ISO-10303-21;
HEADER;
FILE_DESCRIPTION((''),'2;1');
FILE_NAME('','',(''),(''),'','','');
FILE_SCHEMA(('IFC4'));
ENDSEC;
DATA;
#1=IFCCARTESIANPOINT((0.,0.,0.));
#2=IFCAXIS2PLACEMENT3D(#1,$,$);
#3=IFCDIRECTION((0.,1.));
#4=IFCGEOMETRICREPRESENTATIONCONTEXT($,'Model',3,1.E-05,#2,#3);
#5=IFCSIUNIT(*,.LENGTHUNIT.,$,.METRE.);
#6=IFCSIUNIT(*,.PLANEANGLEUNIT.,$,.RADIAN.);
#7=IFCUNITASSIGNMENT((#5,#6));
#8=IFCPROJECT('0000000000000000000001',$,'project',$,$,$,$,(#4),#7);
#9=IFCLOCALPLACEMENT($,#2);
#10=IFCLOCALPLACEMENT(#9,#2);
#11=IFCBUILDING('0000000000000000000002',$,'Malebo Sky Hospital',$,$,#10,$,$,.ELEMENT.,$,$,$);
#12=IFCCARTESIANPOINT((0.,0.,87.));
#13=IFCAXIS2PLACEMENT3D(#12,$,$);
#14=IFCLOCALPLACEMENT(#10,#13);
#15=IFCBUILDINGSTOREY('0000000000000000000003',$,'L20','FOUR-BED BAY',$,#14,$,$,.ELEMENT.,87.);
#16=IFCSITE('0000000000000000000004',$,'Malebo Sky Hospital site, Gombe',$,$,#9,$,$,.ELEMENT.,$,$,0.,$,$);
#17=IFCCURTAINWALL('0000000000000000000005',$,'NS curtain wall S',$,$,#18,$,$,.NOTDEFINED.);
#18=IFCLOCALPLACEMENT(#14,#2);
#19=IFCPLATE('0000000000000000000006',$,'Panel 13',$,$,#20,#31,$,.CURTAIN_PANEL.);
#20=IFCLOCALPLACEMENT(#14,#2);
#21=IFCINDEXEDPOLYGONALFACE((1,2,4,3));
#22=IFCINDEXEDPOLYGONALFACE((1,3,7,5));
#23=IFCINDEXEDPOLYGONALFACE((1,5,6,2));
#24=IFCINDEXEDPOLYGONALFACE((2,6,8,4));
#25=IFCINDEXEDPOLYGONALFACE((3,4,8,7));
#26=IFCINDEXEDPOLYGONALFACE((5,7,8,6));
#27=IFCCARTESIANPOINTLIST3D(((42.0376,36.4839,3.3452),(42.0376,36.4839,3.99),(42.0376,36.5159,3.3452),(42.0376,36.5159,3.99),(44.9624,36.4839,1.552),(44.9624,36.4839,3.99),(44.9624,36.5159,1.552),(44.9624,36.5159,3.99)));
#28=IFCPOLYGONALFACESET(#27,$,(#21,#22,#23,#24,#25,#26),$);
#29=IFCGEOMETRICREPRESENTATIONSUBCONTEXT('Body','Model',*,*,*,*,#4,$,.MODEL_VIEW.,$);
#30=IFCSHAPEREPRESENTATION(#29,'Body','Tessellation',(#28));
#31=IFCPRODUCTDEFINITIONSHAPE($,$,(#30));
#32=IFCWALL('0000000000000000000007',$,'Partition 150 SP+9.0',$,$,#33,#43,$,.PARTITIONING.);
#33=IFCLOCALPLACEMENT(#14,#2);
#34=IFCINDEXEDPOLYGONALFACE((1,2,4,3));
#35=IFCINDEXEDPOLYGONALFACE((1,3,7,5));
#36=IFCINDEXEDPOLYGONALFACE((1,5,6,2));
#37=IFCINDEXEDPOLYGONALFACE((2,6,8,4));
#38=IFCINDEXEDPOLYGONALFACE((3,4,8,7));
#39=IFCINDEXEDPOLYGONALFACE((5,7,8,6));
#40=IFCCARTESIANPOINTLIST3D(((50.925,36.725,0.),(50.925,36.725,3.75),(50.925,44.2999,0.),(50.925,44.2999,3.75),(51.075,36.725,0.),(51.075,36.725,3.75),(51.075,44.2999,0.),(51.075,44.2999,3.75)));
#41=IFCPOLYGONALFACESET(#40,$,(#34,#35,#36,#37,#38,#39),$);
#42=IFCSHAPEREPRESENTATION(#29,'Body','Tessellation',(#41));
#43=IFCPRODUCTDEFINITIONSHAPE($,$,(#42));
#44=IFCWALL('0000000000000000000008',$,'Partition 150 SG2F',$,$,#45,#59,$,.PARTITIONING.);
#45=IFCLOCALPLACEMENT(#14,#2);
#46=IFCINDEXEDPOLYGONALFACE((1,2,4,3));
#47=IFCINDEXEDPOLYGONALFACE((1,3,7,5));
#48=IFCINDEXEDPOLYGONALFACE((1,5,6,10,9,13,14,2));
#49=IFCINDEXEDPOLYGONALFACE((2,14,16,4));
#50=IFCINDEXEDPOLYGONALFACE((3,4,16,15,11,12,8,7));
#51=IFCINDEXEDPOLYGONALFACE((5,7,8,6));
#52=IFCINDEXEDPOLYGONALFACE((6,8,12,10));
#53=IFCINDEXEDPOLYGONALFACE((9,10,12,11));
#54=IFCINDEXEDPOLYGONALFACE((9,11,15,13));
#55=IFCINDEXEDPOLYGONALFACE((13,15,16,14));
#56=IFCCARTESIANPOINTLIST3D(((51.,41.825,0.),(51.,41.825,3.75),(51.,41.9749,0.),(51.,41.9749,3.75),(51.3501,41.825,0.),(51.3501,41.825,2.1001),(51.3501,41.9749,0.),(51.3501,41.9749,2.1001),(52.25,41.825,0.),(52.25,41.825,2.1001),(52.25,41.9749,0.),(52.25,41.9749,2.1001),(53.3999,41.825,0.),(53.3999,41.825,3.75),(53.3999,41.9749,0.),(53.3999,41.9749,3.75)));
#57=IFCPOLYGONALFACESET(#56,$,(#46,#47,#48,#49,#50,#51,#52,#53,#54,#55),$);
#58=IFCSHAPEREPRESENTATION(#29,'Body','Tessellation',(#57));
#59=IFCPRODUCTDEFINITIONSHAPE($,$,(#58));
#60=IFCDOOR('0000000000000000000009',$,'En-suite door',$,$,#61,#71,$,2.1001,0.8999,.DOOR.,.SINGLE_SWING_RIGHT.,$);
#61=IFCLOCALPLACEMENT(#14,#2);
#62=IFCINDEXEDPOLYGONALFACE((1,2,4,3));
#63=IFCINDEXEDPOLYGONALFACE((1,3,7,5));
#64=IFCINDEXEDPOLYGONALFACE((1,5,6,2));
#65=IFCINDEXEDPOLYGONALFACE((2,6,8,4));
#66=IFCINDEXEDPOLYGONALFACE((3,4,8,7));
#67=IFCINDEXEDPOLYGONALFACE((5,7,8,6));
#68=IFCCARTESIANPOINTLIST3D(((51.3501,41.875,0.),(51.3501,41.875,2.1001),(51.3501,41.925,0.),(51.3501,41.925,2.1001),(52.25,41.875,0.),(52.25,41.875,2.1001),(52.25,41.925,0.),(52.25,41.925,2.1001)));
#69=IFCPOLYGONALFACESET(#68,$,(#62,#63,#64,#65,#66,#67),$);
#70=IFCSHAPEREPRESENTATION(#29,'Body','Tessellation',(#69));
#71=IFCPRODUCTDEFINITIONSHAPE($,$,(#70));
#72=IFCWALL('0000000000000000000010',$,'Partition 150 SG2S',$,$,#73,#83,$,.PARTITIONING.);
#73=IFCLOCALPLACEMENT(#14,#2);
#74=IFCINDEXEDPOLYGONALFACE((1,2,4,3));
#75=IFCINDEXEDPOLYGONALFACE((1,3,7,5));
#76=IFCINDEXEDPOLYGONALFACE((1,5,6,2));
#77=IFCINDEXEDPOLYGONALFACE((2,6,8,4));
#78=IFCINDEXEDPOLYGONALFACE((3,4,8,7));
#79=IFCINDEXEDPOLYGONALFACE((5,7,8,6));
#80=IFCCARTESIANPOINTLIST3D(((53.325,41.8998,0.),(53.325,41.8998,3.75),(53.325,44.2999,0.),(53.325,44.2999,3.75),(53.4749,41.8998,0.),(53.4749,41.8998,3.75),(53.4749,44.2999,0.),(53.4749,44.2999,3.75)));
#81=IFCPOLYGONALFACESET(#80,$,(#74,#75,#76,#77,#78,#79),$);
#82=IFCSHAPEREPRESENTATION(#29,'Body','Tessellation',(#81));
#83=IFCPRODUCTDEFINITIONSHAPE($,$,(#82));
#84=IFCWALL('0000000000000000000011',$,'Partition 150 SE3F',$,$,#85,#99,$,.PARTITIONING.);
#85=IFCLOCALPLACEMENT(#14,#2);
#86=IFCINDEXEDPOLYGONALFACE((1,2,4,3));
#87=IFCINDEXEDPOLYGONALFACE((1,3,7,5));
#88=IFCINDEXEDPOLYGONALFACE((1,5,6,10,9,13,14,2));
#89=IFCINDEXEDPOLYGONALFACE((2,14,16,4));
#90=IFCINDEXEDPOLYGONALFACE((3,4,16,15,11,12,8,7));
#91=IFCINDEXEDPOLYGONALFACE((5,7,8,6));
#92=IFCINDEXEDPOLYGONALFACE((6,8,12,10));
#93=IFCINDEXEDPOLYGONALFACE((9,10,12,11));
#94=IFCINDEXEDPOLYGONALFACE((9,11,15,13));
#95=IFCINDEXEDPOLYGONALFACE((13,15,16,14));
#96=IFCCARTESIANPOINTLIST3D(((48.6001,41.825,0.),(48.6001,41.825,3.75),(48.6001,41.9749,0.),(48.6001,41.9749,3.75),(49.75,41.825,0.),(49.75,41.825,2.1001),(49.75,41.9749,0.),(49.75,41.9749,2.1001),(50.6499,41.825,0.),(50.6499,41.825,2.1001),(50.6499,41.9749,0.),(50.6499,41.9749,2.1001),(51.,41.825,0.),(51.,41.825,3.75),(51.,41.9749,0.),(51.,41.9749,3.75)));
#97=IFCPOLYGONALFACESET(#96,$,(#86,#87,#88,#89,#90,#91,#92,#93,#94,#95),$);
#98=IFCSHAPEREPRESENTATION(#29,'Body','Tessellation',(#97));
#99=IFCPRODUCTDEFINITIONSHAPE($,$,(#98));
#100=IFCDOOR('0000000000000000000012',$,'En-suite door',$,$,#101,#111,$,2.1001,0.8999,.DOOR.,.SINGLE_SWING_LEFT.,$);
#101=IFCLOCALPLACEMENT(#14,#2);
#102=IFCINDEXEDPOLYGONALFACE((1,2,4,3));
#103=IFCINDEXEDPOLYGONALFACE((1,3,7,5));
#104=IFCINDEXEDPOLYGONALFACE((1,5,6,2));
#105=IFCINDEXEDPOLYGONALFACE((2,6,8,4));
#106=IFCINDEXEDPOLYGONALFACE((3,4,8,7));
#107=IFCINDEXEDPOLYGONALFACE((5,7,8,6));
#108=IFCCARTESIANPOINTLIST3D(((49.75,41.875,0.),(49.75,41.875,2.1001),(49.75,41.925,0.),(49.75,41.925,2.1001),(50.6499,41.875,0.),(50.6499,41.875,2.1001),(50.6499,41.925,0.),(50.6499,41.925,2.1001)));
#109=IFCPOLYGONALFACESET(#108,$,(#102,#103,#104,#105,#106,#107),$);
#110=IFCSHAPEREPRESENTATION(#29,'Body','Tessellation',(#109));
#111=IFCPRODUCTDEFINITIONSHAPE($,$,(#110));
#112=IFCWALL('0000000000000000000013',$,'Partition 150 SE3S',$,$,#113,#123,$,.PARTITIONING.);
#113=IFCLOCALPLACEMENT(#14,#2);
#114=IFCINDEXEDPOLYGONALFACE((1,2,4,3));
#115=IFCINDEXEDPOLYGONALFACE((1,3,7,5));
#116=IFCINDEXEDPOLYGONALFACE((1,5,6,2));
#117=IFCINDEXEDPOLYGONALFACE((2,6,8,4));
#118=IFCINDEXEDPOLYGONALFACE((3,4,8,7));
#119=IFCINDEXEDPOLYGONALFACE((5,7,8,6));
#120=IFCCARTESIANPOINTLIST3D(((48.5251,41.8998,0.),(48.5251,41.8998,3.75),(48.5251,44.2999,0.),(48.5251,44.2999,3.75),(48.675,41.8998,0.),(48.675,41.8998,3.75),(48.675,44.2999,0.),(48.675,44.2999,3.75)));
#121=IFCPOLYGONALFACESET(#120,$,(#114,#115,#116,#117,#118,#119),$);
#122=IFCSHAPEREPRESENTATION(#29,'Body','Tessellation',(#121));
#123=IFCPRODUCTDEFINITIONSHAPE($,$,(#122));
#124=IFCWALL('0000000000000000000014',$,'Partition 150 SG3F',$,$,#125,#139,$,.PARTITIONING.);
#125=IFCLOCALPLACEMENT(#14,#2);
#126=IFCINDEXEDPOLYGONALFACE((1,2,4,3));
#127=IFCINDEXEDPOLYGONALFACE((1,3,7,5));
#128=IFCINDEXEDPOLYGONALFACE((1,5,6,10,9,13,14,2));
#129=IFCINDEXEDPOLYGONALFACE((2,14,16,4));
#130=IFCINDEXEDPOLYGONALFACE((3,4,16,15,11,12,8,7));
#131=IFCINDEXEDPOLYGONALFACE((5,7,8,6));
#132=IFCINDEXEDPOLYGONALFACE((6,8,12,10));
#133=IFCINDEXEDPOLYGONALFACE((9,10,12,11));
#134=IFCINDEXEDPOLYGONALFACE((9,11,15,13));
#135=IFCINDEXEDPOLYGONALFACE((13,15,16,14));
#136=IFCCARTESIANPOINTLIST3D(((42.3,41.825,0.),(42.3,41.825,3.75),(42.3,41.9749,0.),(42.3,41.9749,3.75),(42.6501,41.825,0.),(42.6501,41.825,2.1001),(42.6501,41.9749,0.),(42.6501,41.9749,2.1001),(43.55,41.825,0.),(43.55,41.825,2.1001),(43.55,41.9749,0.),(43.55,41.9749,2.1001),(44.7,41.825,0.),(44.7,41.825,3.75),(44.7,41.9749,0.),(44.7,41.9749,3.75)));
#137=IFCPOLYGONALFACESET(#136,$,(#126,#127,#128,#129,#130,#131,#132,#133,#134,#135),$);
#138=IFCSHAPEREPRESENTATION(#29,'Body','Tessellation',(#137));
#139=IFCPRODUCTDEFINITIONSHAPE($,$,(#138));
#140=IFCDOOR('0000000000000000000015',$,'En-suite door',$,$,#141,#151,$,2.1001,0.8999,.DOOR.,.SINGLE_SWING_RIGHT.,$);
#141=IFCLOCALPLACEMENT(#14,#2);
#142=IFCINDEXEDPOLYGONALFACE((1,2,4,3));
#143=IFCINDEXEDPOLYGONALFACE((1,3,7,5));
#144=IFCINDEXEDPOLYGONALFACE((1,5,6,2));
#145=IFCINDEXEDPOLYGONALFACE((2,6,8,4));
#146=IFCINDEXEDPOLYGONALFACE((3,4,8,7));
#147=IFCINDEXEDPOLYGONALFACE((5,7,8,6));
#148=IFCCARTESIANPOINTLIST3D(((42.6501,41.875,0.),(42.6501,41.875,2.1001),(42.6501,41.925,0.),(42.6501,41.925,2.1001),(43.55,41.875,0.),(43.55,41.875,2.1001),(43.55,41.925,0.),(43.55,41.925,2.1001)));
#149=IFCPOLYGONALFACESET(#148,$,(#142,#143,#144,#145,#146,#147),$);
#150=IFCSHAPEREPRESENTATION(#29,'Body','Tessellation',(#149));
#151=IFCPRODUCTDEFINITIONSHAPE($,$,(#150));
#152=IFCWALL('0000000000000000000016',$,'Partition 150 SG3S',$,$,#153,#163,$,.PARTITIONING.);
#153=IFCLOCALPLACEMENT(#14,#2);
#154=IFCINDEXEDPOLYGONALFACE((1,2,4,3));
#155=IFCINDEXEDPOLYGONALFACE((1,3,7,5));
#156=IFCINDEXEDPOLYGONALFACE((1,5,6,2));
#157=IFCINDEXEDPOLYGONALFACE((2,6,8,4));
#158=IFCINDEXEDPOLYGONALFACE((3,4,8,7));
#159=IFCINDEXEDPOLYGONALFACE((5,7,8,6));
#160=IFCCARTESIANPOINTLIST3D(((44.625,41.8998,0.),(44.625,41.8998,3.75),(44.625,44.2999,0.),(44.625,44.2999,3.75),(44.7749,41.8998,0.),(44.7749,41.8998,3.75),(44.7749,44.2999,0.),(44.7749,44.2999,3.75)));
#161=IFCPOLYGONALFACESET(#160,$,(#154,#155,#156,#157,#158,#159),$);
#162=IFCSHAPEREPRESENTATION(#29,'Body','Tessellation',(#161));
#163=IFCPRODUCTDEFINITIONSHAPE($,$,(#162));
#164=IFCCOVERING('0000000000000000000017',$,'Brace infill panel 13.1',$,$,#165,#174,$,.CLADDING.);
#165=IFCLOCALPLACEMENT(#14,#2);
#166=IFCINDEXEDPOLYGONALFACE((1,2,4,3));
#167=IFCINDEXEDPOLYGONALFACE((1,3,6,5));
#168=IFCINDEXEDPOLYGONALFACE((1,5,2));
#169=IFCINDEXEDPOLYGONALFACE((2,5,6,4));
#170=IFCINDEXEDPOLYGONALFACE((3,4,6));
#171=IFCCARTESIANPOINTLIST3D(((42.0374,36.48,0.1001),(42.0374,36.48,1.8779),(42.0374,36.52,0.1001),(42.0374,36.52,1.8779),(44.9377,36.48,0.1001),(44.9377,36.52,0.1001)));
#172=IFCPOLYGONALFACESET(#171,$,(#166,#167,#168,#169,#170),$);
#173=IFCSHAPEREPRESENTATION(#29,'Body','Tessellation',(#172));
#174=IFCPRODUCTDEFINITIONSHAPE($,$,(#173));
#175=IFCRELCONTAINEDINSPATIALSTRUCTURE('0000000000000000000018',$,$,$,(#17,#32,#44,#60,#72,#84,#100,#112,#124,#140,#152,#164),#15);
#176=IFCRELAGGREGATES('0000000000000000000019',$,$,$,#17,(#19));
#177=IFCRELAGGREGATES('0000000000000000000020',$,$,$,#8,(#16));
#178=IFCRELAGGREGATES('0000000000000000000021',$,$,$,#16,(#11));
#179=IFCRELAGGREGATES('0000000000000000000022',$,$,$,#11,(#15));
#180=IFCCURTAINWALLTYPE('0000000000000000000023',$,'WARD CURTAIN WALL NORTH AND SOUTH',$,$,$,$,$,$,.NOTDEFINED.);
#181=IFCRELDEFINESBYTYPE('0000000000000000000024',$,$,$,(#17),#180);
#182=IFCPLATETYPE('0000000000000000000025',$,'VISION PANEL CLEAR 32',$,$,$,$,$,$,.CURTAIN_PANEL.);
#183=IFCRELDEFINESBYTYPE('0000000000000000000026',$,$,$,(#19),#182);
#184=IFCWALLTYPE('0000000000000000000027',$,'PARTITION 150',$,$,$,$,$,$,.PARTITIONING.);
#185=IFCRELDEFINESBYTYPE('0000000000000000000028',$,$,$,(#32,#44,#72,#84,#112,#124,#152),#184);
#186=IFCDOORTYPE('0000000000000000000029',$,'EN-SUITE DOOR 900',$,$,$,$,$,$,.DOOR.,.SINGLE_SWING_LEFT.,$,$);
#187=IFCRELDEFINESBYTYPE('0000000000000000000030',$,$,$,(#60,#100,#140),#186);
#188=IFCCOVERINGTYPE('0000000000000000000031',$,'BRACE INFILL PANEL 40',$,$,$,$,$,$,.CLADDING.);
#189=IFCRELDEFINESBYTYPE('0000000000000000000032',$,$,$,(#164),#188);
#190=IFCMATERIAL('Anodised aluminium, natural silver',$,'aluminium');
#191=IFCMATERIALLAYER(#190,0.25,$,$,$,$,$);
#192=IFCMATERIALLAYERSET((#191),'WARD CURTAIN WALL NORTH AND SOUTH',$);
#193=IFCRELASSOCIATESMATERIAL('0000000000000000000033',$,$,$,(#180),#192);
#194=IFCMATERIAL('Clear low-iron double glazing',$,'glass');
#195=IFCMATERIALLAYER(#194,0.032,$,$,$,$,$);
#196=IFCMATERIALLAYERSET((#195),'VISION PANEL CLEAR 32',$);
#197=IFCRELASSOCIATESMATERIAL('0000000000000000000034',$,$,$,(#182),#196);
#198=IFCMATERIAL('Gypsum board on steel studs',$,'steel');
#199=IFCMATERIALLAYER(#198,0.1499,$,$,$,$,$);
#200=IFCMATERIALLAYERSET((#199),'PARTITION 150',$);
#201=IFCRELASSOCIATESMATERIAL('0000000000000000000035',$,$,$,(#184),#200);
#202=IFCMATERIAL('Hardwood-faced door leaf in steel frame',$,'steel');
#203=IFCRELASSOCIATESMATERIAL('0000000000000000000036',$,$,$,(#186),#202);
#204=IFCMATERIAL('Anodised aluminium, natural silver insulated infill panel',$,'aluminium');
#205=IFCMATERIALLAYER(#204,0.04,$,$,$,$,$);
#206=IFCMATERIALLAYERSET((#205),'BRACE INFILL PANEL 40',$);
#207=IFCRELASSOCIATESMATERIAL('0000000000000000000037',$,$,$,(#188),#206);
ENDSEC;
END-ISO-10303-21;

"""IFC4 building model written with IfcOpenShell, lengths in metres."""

from ifc_helpers import new_model, si_unit, direction, frame, frame_2d, origin, place, context, subcontext, project, spatial, polyline, rectangle, outline, extrude, material, layer, layer_set, type_object, element, fill, aggregate, save


model = new_model("IFC4")

# Units and contexts
model_context = context("Model", 3, precision=1e-05, world=origin(), true_north=direction((0.0, 1.0)))
body_context = subcontext(model_context, "Body", "Model", "MODEL_VIEW")
ifc_project = project(units=[si_unit("LENGTHUNIT", "METRE"), si_unit("PLANEANGLEUNIT", "RADIAN")], contexts=[model_context])

# Site, building, storey
site_placement = place(None, origin())
site = spatial("IfcSite", under=ifc_project, at=site_placement, Name="Malebo Sky Hospital site, Gombe", CompositionType="ELEMENT", RefElevation=0.0)
building_placement = place(site_placement, origin())
building = spatial("IfcBuilding", under=site, at=building_placement, Name="Malebo Sky Hospital", CompositionType="ELEMENT")
storey_placement = place(building_placement, frame((0.0, 0.0, 87.0)))
storey = spatial("IfcBuildingStorey", under=building, at=storey_placement, Name="L20", Description="FOUR-BED BAY", CompositionType="ELEMENT", Elevation=87.0)

# Curtain wall
ifc_material_1 = material(Name="Anodised aluminium, natural silver", Category="aluminium")
ifc_layer_1 = layer(ifc_material_1, 0.25)
ifc_layer_set_1 = layer_set([ifc_layer_1], Name="WARD CURTAIN WALL NORTH AND SOUTH")
curtain_wall_type = type_object("IfcCurtainWallType", Name="WARD CURTAIN WALL NORTH AND SOUTH", PredefinedType="NOTDEFINED", material=ifc_layer_set_1)
curtain_wall_placement = place(storey_placement, origin())
curtain_wall = element("IfcCurtainWall", 1, at=curtain_wall_placement, inside=storey, type_object=curtain_wall_type, Name="NS curtain wall S", PredefinedType="NOTDEFINED")

# Plate
ifc_material_2 = material(Name="Clear low-iron double glazing", Category="glass")
ifc_layer_2 = layer(ifc_material_2, 0.032)
ifc_layer_set_2 = layer_set([ifc_layer_2], Name="VISION PANEL CLEAR 32")
plate_type = type_object("IfcPlateType", Name="VISION PANEL CLEAR 32", PredefinedType="CURTAIN_PANEL", material=ifc_layer_set_2)
plate_1_placement = place(storey_placement, frame((43.5, 36.5, 1.552), z_axis=(0.0, 0.0, 1.0), x_axis=(-1.0, 0.0, 0.0)))
plate_1 = element("IfcPlate", 2, at=plate_1_placement, type_object=plate_type, Name="Panel 13", PredefinedType="CURTAIN_PANEL", context=body_context, shape_type="SweptSolid", body=[
    extrude(outline(polyline([(-1.4624, 0.0), (1.4624, 1.7932), (1.4624, 2.438), (-1.4624, 2.438), (-1.4624, 0.0)])), frame((0.0, 0.0161, 0.0), z_axis=(0.0, -1.0, 0.0), x_axis=(1.0, 0.0, 0.0)), (0.0, 0.0, 1.0), 0.032),
])
aggregate(curtain_wall, [plate_1])

# Wall
ifc_material_3 = material(Name="Gypsum board on steel studs", Category="steel")
ifc_layer_3 = layer(ifc_material_3, 0.1499)
ifc_layer_set_3 = layer_set([ifc_layer_3], Name="PARTITION 150")
wall_type = type_object("IfcWallType", Name="PARTITION 150", PredefinedType="PARTITIONING", material=ifc_layer_set_3)
wall_1_placement = place(storey_placement, frame((51.0, 44.3, 0.0), z_axis=(0.0, 0.0, 1.0), x_axis=(0.0, -1.0, 0.0)))
element("IfcWall", 3, at=wall_1_placement, inside=storey, type_object=wall_type, Name="Partition 150 SP+9.0", PredefinedType="PARTITIONING", context=body_context, shape_type="SweptSolid", body=[
    extrude(rectangle(XDim=7.575, YDim=0.1499, at=frame_2d((3.7876, 0.0))), origin(), (0.0, 0.0, 1.0), 3.75),
])

# Wall, opening, door
wall_2_placement = place(storey_placement, frame((53.3999, 41.8999, 0.0), z_axis=(0.0, 0.0, 1.0), x_axis=(-1.0, 0.0, 0.0)))
wall_2 = element("IfcWall", 4, at=wall_2_placement, inside=storey, type_object=wall_type, Name="Partition 150 SG2F", PredefinedType="PARTITIONING", context=body_context, shape_type="SweptSolid", body=[
    extrude(rectangle(XDim=2.3999, YDim=0.1499, at=frame_2d((1.2, 0.0))), origin(), (0.0, 0.0, 1.0), 3.75),
])
opening_1_placement = place(wall_2_placement, frame((1.1499, 0.0, 0.0)))
opening_1 = element("IfcOpeningElement", 5, at=opening_1_placement, cuts=wall_2, PredefinedType="OPENING", context=body_context, shape_type="SweptSolid", body=[
    extrude(rectangle(XDim=0.8999, YDim=2.1001, at=frame_2d((0.45, 1.05))), frame((0.0, 0.085, 0.0), z_axis=(0.0, -1.0, 0.0), x_axis=(1.0, 0.0, 0.0)), (0.0, 0.0, 1.0), 0.1699),
])
ifc_material_4 = material(Name="Hardwood-faced door leaf in steel frame", Category="steel")
door_type = type_object("IfcDoorType", Name="EN-SUITE DOOR 900", OperationType="SINGLE_SWING_LEFT", PredefinedType="DOOR", material=ifc_material_4)
door_1_placement = place(opening_1_placement, origin())
door_1 = element("IfcDoor", 6, at=door_1_placement, inside=storey, type_object=door_type, Name="En-suite door", OperationType="SINGLE_SWING_RIGHT", OverallHeight=2.1001, OverallWidth=0.8999, PredefinedType="DOOR", context=body_context, shape_type="SweptSolid", body=[
    extrude(rectangle(XDim=0.8999, YDim=2.1001, at=frame_2d((0.45, 1.05))), frame((0.0, 0.0249, 0.0), z_axis=(0.0, -1.0, 0.0), x_axis=(1.0, 0.0, 0.0)), (0.0, 0.0, 1.0), 0.05),
])
fill(opening_1, door_1)

# Wall
wall_3_placement = place(storey_placement, frame((53.3999, 44.3, 0.0), z_axis=(0.0, 0.0, 1.0), x_axis=(0.0, -1.0, 0.0)))
element("IfcWall", 7, at=wall_3_placement, inside=storey, type_object=wall_type, Name="Partition 150 SG2S", PredefinedType="PARTITIONING", context=body_context, shape_type="SweptSolid", body=[
    extrude(rectangle(XDim=2.4001, YDim=0.1499, at=frame_2d((1.2002, 0.0))), origin(), (0.0, 0.0, 1.0), 3.75),
])

# Wall, opening, door
wall_4_placement = place(storey_placement, frame((51.0, 41.8999, 0.0), z_axis=(0.0, 0.0, 1.0), x_axis=(-1.0, 0.0, 0.0)))
wall_4 = element("IfcWall", 8, at=wall_4_placement, inside=storey, type_object=wall_type, Name="Partition 150 SE3F", PredefinedType="PARTITIONING", context=body_context, shape_type="SweptSolid", body=[
    extrude(rectangle(XDim=2.3999, YDim=0.1499, at=frame_2d((1.2, 0.0))), origin(), (0.0, 0.0, 1.0), 3.75),
])
opening_2_placement = place(wall_4_placement, frame((0.3501, 0.0, 0.0)))
opening_2 = element("IfcOpeningElement", 9, at=opening_2_placement, cuts=wall_4, PredefinedType="OPENING", context=body_context, shape_type="SweptSolid", body=[
    extrude(rectangle(XDim=0.8999, YDim=2.1001, at=frame_2d((0.45, 1.05))), frame((0.0, 0.085, 0.0), z_axis=(0.0, -1.0, 0.0), x_axis=(1.0, 0.0, 0.0)), (0.0, 0.0, 1.0), 0.1699),
])
door_2_placement = place(opening_2_placement, origin())
door_2 = element("IfcDoor", 10, at=door_2_placement, inside=storey, type_object=door_type, Name="En-suite door", OperationType="SINGLE_SWING_LEFT", OverallHeight=2.1001, OverallWidth=0.8999, PredefinedType="DOOR", context=body_context, shape_type="SweptSolid", body=[
    extrude(rectangle(XDim=0.8999, YDim=2.1001, at=frame_2d((0.45, 1.05))), frame((0.0, 0.0249, 0.0), z_axis=(0.0, -1.0, 0.0), x_axis=(1.0, 0.0, 0.0)), (0.0, 0.0, 1.0), 0.05),
])
fill(opening_2, door_2)

# Wall
wall_5_placement = place(storey_placement, frame((48.6001, 44.3, 0.0), z_axis=(0.0, 0.0, 1.0), x_axis=(0.0, -1.0, 0.0)))
element("IfcWall", 11, at=wall_5_placement, inside=storey, type_object=wall_type, Name="Partition 150 SE3S", PredefinedType="PARTITIONING", context=body_context, shape_type="SweptSolid", body=[
    extrude(rectangle(XDim=2.4001, YDim=0.1499, at=frame_2d((1.2002, 0.0))), origin(), (0.0, 0.0, 1.0), 3.75),
])

# Wall, opening, door
wall_6_placement = place(storey_placement, frame((44.7, 41.8999, 0.0), z_axis=(0.0, 0.0, 1.0), x_axis=(-1.0, 0.0, 0.0)))
wall_6 = element("IfcWall", 12, at=wall_6_placement, inside=storey, type_object=wall_type, Name="Partition 150 SG3F", PredefinedType="PARTITIONING", context=body_context, shape_type="SweptSolid", body=[
    extrude(rectangle(XDim=2.3999, YDim=0.1499, at=frame_2d((1.2, 0.0))), origin(), (0.0, 0.0, 1.0), 3.75),
])
opening_3_placement = place(wall_6_placement, frame((1.1499, 0.0, 0.0)))
opening_3 = element("IfcOpeningElement", 13, at=opening_3_placement, cuts=wall_6, PredefinedType="OPENING", context=body_context, shape_type="SweptSolid", body=[
    extrude(rectangle(XDim=0.8999, YDim=2.1001, at=frame_2d((0.45, 1.05))), frame((0.0, 0.085, 0.0), z_axis=(0.0, -1.0, 0.0), x_axis=(1.0, 0.0, 0.0)), (0.0, 0.0, 1.0), 0.1699),
])
door_3_placement = place(opening_3_placement, origin())
door_3 = element("IfcDoor", 14, at=door_3_placement, inside=storey, type_object=door_type, Name="En-suite door", OperationType="SINGLE_SWING_RIGHT", OverallHeight=2.1001, OverallWidth=0.8999, PredefinedType="DOOR", context=body_context, shape_type="SweptSolid", body=[
    extrude(rectangle(XDim=0.8999, YDim=2.1001, at=frame_2d((0.45, 1.05))), frame((0.0, 0.0249, 0.0), z_axis=(0.0, -1.0, 0.0), x_axis=(1.0, 0.0, 0.0)), (0.0, 0.0, 1.0), 0.05),
])
fill(opening_3, door_3)

# Wall
wall_7_placement = place(storey_placement, frame((44.7, 44.3, 0.0), z_axis=(0.0, 0.0, 1.0), x_axis=(0.0, -1.0, 0.0)))
element("IfcWall", 15, at=wall_7_placement, inside=storey, type_object=wall_type, Name="Partition 150 SG3S", PredefinedType="PARTITIONING", context=body_context, shape_type="SweptSolid", body=[
    extrude(rectangle(XDim=2.4001, YDim=0.1499, at=frame_2d((1.2002, 0.0))), origin(), (0.0, 0.0, 1.0), 3.75),
])

# Covering
ifc_material_5 = material(Name="Anodised aluminium, natural silver insulated infill panel", Category="aluminium")
ifc_layer_4 = layer(ifc_material_5, 0.04)
ifc_layer_set_4 = layer_set([ifc_layer_4], Name="BRACE INFILL PANEL 40")
covering_type = type_object("IfcCoveringType", Name="BRACE INFILL PANEL 40", PredefinedType="CLADDING", material=ifc_layer_set_4)
covering_placement = place(storey_placement, frame((43.4875, 36.5, 0.1001), z_axis=(0.0, 0.0, 1.0), x_axis=(-1.0, 0.0, 0.0)))
element("IfcCovering", 16, at=covering_placement, inside=storey, type_object=covering_type, Name="Brace infill panel 13.1", PredefinedType="CLADDING", context=body_context, shape_type="SweptSolid", body=[
    extrude(outline(polyline([(-1.4502, 0.0), (1.4502, 0.0), (1.4502, 1.7778), (-1.4502, 0.0)])), frame((0.0, 0.02, 0.0), z_axis=(0.0, -1.0, 0.0), x_axis=(1.0, 0.0, 0.0)), (0.0, 0.0, 1.0), 0.04),
])

save(model, "model.ifc")
